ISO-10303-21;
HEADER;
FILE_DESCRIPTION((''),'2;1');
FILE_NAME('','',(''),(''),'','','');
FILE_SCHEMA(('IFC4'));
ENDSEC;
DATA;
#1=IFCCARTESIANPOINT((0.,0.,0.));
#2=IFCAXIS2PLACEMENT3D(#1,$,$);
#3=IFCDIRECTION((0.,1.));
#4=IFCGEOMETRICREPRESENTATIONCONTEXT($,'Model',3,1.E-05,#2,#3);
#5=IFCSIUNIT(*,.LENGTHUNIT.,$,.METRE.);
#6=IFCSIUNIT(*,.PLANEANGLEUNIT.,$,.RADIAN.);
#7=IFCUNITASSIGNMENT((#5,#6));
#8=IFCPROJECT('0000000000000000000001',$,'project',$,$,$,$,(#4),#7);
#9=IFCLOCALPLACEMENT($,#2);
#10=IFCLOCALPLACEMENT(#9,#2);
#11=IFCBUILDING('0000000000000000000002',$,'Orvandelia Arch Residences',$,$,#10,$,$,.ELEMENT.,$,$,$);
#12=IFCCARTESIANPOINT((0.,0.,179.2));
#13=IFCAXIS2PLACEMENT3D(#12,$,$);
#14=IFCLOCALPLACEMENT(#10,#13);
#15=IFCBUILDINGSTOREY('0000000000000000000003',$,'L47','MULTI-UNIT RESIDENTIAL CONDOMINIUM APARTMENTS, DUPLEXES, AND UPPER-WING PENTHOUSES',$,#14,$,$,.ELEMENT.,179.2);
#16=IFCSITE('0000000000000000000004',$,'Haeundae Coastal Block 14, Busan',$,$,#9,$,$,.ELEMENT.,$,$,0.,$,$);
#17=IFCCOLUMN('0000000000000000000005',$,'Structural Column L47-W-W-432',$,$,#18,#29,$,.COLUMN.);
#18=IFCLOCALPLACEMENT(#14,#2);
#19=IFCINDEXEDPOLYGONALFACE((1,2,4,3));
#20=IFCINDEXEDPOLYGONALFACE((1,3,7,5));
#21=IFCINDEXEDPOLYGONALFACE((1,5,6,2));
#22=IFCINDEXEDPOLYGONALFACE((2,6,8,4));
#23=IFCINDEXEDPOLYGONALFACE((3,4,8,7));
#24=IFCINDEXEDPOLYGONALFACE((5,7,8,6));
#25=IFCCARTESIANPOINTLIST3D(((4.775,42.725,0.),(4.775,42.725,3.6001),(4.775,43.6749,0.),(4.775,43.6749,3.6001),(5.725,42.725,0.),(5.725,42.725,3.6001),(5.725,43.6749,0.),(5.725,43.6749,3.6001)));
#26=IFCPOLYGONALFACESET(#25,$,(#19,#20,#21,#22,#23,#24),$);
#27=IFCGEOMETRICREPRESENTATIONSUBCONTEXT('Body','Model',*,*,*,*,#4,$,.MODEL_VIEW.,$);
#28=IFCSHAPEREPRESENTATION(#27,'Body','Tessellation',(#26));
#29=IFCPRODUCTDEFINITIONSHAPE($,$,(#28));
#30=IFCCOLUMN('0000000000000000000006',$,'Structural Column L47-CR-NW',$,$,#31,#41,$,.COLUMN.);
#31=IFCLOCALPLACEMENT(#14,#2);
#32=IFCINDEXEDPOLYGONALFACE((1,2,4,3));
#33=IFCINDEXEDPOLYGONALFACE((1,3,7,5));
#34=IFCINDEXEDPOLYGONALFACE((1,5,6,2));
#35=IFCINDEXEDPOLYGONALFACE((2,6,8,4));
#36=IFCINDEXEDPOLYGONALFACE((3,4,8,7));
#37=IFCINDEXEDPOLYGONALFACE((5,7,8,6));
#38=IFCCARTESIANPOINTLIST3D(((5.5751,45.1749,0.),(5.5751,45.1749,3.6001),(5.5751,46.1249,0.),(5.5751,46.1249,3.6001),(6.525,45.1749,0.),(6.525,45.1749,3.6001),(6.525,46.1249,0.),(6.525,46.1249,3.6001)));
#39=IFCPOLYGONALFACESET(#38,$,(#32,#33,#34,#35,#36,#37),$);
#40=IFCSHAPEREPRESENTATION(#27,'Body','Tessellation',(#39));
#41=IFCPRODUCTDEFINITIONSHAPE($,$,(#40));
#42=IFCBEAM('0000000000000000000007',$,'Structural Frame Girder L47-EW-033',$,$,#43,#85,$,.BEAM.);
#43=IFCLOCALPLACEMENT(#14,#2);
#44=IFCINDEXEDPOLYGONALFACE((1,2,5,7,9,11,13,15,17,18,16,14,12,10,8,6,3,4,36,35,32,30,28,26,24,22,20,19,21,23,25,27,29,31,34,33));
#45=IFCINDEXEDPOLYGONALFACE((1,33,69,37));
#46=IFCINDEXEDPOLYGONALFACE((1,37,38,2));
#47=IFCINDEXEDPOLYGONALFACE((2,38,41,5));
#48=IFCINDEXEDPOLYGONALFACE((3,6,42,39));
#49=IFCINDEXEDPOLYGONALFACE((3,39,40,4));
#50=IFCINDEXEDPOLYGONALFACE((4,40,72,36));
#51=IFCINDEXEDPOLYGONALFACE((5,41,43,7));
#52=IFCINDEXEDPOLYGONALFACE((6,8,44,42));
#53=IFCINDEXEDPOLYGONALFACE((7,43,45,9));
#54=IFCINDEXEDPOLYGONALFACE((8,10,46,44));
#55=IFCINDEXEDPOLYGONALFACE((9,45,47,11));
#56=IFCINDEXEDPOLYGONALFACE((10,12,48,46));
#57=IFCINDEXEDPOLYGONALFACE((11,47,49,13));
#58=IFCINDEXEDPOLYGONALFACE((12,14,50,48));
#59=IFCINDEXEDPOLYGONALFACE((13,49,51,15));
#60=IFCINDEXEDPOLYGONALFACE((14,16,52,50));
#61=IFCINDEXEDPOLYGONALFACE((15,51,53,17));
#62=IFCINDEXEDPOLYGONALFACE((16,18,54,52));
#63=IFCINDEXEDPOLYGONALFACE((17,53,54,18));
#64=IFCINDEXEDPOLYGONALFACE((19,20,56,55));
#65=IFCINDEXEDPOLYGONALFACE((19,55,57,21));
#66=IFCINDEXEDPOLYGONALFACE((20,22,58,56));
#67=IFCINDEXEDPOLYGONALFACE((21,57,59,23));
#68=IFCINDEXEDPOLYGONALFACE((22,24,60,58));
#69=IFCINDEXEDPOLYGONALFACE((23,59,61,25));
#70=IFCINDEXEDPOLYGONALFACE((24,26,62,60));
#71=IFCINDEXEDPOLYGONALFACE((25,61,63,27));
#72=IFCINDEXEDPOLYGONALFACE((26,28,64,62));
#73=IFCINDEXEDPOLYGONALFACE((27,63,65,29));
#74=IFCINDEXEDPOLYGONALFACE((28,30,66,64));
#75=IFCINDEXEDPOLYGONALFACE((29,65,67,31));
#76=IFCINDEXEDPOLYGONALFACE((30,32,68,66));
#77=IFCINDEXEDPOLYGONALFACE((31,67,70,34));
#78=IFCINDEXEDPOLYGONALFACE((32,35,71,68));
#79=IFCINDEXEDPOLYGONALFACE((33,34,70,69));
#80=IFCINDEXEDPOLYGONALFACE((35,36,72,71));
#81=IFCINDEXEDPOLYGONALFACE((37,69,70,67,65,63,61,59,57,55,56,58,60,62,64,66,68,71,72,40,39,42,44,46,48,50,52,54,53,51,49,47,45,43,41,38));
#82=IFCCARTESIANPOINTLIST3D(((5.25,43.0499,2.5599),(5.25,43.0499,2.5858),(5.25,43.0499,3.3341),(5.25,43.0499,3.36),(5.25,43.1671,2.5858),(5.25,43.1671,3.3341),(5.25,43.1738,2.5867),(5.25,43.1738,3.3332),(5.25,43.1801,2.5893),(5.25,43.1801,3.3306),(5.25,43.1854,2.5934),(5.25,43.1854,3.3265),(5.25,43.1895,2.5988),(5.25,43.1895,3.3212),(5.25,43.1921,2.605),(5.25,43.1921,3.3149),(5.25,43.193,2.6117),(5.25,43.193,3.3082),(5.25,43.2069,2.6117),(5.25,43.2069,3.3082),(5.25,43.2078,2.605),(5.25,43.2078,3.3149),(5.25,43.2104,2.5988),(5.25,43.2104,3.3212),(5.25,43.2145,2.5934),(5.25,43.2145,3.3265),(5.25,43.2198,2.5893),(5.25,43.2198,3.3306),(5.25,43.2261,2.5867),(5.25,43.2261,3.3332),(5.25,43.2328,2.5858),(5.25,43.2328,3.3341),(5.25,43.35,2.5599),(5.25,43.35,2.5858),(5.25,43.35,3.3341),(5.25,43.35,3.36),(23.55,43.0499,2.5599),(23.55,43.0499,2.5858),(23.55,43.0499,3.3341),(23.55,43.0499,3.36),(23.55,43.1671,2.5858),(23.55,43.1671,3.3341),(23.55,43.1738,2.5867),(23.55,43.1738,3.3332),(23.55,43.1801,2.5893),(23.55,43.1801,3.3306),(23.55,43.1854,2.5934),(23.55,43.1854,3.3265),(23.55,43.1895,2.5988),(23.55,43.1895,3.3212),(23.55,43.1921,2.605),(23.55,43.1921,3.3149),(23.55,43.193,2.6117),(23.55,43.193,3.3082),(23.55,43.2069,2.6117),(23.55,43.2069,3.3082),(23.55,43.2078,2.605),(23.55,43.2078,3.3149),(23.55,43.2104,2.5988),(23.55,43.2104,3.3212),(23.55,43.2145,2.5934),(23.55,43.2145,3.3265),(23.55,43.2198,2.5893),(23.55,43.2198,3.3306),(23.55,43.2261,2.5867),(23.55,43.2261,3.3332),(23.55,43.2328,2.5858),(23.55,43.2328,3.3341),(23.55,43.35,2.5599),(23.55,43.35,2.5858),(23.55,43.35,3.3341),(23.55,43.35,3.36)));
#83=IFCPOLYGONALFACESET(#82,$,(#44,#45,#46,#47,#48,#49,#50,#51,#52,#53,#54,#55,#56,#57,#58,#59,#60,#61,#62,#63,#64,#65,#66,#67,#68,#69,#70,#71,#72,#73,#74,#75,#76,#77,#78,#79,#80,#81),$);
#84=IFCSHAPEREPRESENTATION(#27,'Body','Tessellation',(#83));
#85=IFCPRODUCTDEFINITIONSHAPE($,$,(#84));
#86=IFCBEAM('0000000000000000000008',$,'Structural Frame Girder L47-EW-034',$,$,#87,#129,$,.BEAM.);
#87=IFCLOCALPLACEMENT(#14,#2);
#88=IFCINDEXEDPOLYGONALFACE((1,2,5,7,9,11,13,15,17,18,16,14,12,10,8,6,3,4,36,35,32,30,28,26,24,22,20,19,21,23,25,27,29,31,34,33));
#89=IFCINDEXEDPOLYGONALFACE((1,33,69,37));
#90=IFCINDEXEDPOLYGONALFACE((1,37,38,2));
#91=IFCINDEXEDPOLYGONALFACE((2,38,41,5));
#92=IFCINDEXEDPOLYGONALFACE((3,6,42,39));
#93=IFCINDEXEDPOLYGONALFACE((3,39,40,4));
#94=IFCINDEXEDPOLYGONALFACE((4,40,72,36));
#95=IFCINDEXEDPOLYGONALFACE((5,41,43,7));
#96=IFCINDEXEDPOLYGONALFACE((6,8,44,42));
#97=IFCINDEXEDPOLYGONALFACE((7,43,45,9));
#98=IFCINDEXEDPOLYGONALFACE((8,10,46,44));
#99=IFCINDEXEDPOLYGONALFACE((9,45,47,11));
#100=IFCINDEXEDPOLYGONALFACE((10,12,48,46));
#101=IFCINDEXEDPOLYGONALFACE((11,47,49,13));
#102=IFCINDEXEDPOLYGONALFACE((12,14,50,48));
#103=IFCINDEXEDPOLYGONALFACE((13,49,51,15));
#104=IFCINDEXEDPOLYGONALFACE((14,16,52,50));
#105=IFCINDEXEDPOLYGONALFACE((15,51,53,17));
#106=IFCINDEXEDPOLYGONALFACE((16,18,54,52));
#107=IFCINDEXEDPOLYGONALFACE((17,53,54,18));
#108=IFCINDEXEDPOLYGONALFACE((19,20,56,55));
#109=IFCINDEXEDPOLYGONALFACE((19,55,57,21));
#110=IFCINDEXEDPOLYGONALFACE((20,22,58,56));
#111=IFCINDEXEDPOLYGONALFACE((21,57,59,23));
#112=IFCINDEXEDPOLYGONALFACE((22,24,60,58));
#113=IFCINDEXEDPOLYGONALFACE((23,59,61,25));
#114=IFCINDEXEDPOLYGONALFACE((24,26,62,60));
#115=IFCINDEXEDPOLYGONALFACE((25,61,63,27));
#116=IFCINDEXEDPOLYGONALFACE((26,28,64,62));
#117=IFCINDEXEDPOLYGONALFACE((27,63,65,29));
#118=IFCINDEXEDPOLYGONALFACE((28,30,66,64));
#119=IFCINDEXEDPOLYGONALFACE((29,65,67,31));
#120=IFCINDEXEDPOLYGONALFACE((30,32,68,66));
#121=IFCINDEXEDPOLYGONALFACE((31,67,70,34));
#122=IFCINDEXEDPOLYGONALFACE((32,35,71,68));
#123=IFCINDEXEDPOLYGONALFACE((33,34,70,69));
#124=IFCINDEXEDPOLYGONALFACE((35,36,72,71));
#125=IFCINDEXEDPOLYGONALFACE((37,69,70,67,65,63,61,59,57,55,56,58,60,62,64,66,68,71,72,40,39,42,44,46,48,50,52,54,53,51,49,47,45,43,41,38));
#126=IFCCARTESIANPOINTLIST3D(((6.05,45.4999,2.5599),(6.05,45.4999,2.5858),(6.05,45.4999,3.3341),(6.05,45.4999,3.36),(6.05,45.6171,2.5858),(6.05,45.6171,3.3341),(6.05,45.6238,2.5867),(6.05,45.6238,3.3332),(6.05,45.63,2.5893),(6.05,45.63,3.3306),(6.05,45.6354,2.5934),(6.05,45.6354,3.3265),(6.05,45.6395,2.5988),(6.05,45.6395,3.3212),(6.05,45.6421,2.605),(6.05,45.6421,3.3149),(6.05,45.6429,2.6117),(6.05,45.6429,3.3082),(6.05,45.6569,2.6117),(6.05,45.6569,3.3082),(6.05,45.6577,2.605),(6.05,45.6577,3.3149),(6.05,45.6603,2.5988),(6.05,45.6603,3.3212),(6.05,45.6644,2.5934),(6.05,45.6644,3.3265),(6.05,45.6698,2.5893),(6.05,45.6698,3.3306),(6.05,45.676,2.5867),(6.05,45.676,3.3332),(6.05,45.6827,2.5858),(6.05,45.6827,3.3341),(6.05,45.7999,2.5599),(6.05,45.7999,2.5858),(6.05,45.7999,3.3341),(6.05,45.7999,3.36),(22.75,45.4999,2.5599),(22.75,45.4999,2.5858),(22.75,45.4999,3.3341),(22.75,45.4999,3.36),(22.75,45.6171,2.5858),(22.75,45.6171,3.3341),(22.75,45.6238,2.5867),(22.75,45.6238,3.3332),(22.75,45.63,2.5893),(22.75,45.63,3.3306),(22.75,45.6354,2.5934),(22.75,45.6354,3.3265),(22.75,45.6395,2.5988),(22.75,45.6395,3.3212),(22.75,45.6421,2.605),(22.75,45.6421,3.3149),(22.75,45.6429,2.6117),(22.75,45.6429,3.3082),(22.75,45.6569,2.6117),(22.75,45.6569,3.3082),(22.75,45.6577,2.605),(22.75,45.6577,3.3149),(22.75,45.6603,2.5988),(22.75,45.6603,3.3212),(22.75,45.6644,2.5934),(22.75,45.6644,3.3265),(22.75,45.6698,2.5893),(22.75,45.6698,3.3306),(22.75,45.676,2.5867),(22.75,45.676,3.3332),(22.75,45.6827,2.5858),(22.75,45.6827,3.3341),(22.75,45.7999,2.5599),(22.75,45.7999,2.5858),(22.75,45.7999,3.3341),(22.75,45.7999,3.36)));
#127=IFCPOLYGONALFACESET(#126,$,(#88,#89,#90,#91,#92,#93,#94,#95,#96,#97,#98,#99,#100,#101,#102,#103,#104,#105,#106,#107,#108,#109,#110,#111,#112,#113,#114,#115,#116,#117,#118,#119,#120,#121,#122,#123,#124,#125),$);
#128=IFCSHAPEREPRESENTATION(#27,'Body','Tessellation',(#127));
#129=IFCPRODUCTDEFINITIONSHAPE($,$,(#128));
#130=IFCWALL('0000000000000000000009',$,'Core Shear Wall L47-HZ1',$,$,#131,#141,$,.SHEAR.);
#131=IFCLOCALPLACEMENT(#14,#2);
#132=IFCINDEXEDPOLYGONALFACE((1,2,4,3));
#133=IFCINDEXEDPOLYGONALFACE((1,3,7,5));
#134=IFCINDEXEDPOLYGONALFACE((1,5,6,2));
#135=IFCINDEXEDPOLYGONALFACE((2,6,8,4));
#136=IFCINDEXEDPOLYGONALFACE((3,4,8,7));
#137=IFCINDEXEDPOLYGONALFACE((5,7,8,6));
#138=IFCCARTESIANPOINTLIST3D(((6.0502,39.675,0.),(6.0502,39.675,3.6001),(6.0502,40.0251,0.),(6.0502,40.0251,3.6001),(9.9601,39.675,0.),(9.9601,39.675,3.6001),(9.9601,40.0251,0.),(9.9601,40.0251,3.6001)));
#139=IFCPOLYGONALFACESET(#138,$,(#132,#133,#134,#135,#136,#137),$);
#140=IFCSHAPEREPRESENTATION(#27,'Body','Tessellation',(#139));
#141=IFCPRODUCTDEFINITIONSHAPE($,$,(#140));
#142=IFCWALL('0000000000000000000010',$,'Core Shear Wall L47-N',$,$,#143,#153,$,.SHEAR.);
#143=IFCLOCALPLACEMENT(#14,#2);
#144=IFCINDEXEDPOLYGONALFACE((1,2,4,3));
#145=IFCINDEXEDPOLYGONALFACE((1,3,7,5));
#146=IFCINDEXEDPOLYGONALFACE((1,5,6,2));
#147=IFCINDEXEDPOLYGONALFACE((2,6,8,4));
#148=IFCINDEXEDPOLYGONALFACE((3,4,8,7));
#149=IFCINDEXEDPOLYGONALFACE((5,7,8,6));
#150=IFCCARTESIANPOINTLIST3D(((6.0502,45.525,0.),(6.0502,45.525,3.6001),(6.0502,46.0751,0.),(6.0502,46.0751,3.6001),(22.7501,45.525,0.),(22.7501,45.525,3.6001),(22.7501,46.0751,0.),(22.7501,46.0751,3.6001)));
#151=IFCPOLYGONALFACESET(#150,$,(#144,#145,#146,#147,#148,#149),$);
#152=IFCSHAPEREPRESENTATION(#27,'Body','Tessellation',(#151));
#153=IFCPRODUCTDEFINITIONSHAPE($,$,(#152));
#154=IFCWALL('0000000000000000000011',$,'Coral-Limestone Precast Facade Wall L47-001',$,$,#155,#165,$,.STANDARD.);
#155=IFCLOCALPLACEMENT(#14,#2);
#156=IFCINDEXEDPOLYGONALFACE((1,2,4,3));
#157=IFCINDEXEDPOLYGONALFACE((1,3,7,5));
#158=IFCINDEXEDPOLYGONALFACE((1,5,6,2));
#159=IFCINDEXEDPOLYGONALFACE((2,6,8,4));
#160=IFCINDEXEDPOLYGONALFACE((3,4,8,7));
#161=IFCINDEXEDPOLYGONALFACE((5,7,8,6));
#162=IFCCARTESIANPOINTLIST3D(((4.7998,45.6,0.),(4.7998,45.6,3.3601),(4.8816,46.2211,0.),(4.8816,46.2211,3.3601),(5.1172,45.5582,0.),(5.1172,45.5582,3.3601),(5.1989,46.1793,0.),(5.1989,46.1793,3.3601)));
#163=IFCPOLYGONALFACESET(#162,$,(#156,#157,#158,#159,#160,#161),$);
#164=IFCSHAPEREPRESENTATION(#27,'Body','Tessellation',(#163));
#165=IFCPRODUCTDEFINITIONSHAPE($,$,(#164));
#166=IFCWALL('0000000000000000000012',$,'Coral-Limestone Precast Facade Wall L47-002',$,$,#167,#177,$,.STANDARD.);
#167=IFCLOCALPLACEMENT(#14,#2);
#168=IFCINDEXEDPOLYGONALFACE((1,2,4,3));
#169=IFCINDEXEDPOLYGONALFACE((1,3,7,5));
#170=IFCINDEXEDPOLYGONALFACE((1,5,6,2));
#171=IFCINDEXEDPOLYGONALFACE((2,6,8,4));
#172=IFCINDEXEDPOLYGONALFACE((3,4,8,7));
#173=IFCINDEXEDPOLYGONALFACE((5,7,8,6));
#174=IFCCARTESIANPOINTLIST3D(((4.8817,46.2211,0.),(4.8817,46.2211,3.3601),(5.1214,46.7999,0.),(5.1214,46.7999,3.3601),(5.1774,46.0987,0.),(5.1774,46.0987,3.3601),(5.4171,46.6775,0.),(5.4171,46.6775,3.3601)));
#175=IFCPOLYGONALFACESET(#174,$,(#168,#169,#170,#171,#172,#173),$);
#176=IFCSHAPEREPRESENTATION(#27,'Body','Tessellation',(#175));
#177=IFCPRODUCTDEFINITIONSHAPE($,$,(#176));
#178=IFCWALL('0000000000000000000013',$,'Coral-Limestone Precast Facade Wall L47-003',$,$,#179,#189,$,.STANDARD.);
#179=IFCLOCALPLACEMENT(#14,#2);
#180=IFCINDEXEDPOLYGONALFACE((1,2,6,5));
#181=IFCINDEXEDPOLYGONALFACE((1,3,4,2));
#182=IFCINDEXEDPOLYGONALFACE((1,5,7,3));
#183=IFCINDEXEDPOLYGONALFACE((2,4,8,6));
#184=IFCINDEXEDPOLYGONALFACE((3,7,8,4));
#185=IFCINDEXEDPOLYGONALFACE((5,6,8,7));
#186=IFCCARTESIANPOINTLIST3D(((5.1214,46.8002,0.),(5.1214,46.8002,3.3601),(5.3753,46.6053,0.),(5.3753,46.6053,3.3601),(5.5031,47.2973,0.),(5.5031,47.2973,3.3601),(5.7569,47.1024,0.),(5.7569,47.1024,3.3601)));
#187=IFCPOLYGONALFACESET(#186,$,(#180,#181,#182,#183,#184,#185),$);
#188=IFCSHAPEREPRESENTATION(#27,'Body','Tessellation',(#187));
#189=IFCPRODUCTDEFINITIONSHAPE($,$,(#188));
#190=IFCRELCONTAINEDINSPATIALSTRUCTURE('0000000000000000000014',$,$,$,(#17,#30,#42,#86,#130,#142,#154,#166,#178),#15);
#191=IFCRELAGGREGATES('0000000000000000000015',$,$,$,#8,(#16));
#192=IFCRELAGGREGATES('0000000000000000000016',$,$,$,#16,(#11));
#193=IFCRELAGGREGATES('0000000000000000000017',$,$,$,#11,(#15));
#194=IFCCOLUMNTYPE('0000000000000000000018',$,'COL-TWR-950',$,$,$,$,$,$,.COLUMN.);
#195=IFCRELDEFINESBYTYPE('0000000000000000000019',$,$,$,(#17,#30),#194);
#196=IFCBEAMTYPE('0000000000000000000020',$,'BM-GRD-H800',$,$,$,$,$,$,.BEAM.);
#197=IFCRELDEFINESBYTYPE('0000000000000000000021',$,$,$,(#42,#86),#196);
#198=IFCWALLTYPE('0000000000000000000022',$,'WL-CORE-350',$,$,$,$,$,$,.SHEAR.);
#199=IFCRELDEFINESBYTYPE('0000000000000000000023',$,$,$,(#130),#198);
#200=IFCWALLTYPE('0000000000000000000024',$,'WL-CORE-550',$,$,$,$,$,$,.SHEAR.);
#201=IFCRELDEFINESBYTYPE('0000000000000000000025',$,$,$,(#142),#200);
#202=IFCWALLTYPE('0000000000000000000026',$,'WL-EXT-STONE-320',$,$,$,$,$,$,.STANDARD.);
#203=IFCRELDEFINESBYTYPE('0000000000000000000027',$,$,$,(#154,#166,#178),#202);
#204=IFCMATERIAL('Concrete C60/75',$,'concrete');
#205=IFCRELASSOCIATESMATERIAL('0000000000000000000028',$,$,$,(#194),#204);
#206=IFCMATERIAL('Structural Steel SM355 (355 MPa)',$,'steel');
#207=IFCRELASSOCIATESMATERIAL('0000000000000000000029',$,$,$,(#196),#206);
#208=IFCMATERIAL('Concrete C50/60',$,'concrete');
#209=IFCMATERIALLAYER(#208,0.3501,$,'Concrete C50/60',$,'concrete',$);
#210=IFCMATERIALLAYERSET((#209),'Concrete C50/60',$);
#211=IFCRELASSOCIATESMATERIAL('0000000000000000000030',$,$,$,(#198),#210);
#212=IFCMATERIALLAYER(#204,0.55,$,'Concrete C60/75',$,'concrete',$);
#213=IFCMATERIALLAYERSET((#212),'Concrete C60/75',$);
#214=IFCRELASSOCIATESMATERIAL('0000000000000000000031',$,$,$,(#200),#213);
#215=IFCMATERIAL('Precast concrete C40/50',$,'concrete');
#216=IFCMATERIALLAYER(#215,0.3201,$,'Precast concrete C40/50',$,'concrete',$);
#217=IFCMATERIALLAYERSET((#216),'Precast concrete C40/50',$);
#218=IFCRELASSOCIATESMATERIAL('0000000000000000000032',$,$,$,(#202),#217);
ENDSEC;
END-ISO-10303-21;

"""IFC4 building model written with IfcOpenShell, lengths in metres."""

from ifc_helpers import new_model, si_unit, direction, frame, frame_2d, origin, origin_2d, place, context, subcontext, project, spatial, rectangle, i_section, extrude, material, layer, layer_set, material_profile, profile_set, type_object, element, save


model = new_model("IFC4")

# Units and contexts
model_context = context("Model", 3, precision=1e-05, world=origin(), true_north=direction((0.0, 1.0)))
body_context = subcontext(model_context, "Body", "Model", "MODEL_VIEW")
ifc_project = project(units=[si_unit("LENGTHUNIT", "METRE"), si_unit("PLANEANGLEUNIT", "RADIAN")], contexts=[model_context])

# Site, building, storey
site_placement = place(None, origin())
site = spatial("IfcSite", under=ifc_project, at=site_placement, Name="Haeundae Coastal Block 14, Busan", CompositionType="ELEMENT", RefElevation=0.0)
building_placement = place(site_placement, origin())
building = spatial("IfcBuilding", under=site, at=building_placement, Name="Orvandelia Arch Residences", CompositionType="ELEMENT")
storey_placement = place(building_placement, frame((0.0, 0.0, 179.2)))
storey = spatial("IfcBuildingStorey", under=building, at=storey_placement, Name="L47", Description="MULTI-UNIT RESIDENTIAL CONDOMINIUM APARTMENTS, DUPLEXES, AND UPPER-WING PENTHOUSES", CompositionType="ELEMENT", Elevation=179.2)

# Columns
ifc_material_1 = material(Name="Concrete C60/75", Category="concrete")
ifc_material_profile_1 = material_profile(ifc_material_1, rectangle(XDim=0.95, YDim=0.95, at=origin_2d()), Name="Concrete C60/75", Category="concrete")
ifc_profile_set_1 = profile_set([ifc_material_profile_1], Name="Concrete C60/75")
column_type = type_object("IfcColumnType", Name="COL-TWR-950", PredefinedType="COLUMN", material=ifc_profile_set_1)
for number, where, z_axis, x_axis, name in (
    (1, (5.25, 43.2, 0.0), (0.0, 0.0, 1.0), (1.0, 0.0, 0.0), "Structural Column L47-W-W-432"),
    (2, (6.05, 45.6499, 0.0), (0.0, 0.0, 1.0), (1.0, 0.0, 0.0), "Structural Column L47-CR-NW"),
):
    element("IfcColumn", number, at=place(storey_placement, frame(where, z_axis=z_axis, x_axis=x_axis)), inside=storey, type_object=column_type, Name=name, PredefinedType="COLUMN", context=body_context, shape_type="SweptSolid", body=[
        extrude(rectangle(XDim=0.95, YDim=0.95, at=origin_2d()), origin(), (0.0, 0.0, 1.0), 3.6001),
    ])

# Beams
ifc_material_2 = material(Name="Structural Steel SM355 (355 MPa)", Category="steel")
ifc_material_profile_2 = material_profile(ifc_material_2, i_section(OverallWidth=0.3, OverallDepth=0.8, WebThickness=0.0139, FlangeThickness=0.0259, FilletRadius=0.0259, at=origin_2d()), Name="Structural Steel SM355 (355 MPa)", Category="steel")
ifc_profile_set_2 = profile_set([ifc_material_profile_2], Name="Structural Steel SM355 (355 MPa)")
beam_type = type_object("IfcBeamType", Name="BM-GRD-H800", PredefinedType="BEAM", material=ifc_profile_set_2)
beam_1_placement = place(storey_placement, frame((5.25, 43.2, 2.96), z_axis=(1.0, 0.0, 0.0), x_axis=(0.0, 1.0, 0.0)))
element("IfcBeam", 3, at=beam_1_placement, inside=storey, type_object=beam_type, Name="Structural Frame Girder L47-EW-033", PredefinedType="BEAM", context=body_context, shape_type="SweptSolid", body=[
    extrude(i_section(OverallWidth=0.3, OverallDepth=0.8, WebThickness=0.0139, FlangeThickness=0.0259, FilletRadius=0.0259, at=origin_2d()), origin(), (0.0, 0.0, 1.0), 18.3),
])
beam_2_placement = place(storey_placement, frame((6.05, 45.6499, 2.96), z_axis=(1.0, 0.0, 0.0), x_axis=(0.0, 1.0, 0.0)))
element("IfcBeam", 4, at=beam_2_placement, inside=storey, type_object=beam_type, Name="Structural Frame Girder L47-EW-034", PredefinedType="BEAM", context=body_context, shape_type="SweptSolid", body=[
    extrude(i_section(OverallWidth=0.3, OverallDepth=0.8, WebThickness=0.0139, FlangeThickness=0.0259, FilletRadius=0.0259, at=origin_2d()), origin(), (0.0, 0.0, 1.0), 16.7),
])

# Walls
ifc_material_3 = material(Name="Concrete C50/60", Category="concrete")
ifc_layer_1 = layer(ifc_material_3, 0.3501, Name="Concrete C50/60", Category="concrete")
ifc_layer_set_1 = layer_set([ifc_layer_1], Name="Concrete C50/60")
wall_type_1 = type_object("IfcWallType", Name="WL-CORE-350", PredefinedType="SHEAR", material=ifc_layer_set_1)
wall_1_placement = place(storey_placement, frame((6.05, 39.8501, 0.0), z_axis=(0.0, 0.0, 1.0), x_axis=(1.0, 0.0, 0.0)))
element("IfcWall", 5, at=wall_1_placement, inside=storey, type_object=wall_type_1, Name="Core Shear Wall L47-HZ1", PredefinedType="SHEAR", context=body_context, shape_type="SweptSolid", body=[
    extrude(rectangle(XDim=3.9099, YDim=0.3501, at=frame_2d((1.9551, 0.0))), origin(), (0.0, 0.0, 1.0), 3.6001),
])
ifc_layer_2 = layer(ifc_material_1, 0.55, Name="Concrete C60/75", Category="concrete")
ifc_layer_set_2 = layer_set([ifc_layer_2], Name="Concrete C60/75")
wall_type_2 = type_object("IfcWallType", Name="WL-CORE-550", PredefinedType="SHEAR", material=ifc_layer_set_2)
wall_2_placement = place(storey_placement, frame((6.05, 45.8, 0.0), z_axis=(0.0, 0.0, 1.0), x_axis=(1.0, 0.0, 0.0)))
element("IfcWall", 6, at=wall_2_placement, inside=storey, type_object=wall_type_2, Name="Core Shear Wall L47-N", PredefinedType="SHEAR", context=body_context, shape_type="SweptSolid", body=[
    extrude(rectangle(XDim=16.7, YDim=0.55, at=frame_2d((8.3501, 0.0))), origin(), (0.0, 0.0, 1.0), 3.6001),
])
ifc_material_4 = material(Name="Precast concrete C40/50", Category="concrete")
ifc_layer_3 = layer(ifc_material_4, 0.3201, Name="Precast concrete C40/50", Category="concrete")
ifc_layer_set_3 = layer_set([ifc_layer_3], Name="Precast concrete C40/50")
wall_type_3 = type_object("IfcWallType", Name="WL-EXT-STONE-320", PredefinedType="STANDARD", material=ifc_layer_set_3)
for number, where, z_axis, x_axis, name in (
    (7, (4.9585, 45.5791, 0.0), (0.0, 0.0, 1.0), (0.130555, 0.991441, 0.0), "Coral-Limestone Precast Facade Wall L47-001"),
    (8, (5.0295, 46.1599, 0.0), (0.0, 0.0, 1.0), (0.38265, 0.923893, 0.0), "Coral-Limestone Precast Facade Wall L47-002"),
):
    element("IfcWall", number, at=place(storey_placement, frame(where, z_axis=z_axis, x_axis=x_axis)), inside=storey, type_object=wall_type_3, Name=name, PredefinedType="STANDARD", context=body_context, shape_type="SweptSolid", body=[
        extrude(rectangle(XDim=0.6265, YDim=0.3201, at=frame_2d((0.3132, 0.0))), origin(), (0.0, 0.0, 1.0), 3.3601),
    ])
wall_3_placement = place(storey_placement, frame((5.2483, 46.7026, 0.0), z_axis=(0.0, 0.0, 1.0), x_axis=(0.608939, 0.793217, 0.0)))
element("IfcWall", 9, at=wall_3_placement, inside=storey, type_object=wall_type_3, Name="Coral-Limestone Precast Facade Wall L47-003", PredefinedType="STANDARD", context=body_context, shape_type="SweptSolid", body=[
    extrude(rectangle(XDim=0.6267, YDim=0.3201, at=frame_2d((0.3135, 0.0))), origin(), (0.0, 0.0, 1.0), 3.3601),
])

save(model, "model.ifc")
